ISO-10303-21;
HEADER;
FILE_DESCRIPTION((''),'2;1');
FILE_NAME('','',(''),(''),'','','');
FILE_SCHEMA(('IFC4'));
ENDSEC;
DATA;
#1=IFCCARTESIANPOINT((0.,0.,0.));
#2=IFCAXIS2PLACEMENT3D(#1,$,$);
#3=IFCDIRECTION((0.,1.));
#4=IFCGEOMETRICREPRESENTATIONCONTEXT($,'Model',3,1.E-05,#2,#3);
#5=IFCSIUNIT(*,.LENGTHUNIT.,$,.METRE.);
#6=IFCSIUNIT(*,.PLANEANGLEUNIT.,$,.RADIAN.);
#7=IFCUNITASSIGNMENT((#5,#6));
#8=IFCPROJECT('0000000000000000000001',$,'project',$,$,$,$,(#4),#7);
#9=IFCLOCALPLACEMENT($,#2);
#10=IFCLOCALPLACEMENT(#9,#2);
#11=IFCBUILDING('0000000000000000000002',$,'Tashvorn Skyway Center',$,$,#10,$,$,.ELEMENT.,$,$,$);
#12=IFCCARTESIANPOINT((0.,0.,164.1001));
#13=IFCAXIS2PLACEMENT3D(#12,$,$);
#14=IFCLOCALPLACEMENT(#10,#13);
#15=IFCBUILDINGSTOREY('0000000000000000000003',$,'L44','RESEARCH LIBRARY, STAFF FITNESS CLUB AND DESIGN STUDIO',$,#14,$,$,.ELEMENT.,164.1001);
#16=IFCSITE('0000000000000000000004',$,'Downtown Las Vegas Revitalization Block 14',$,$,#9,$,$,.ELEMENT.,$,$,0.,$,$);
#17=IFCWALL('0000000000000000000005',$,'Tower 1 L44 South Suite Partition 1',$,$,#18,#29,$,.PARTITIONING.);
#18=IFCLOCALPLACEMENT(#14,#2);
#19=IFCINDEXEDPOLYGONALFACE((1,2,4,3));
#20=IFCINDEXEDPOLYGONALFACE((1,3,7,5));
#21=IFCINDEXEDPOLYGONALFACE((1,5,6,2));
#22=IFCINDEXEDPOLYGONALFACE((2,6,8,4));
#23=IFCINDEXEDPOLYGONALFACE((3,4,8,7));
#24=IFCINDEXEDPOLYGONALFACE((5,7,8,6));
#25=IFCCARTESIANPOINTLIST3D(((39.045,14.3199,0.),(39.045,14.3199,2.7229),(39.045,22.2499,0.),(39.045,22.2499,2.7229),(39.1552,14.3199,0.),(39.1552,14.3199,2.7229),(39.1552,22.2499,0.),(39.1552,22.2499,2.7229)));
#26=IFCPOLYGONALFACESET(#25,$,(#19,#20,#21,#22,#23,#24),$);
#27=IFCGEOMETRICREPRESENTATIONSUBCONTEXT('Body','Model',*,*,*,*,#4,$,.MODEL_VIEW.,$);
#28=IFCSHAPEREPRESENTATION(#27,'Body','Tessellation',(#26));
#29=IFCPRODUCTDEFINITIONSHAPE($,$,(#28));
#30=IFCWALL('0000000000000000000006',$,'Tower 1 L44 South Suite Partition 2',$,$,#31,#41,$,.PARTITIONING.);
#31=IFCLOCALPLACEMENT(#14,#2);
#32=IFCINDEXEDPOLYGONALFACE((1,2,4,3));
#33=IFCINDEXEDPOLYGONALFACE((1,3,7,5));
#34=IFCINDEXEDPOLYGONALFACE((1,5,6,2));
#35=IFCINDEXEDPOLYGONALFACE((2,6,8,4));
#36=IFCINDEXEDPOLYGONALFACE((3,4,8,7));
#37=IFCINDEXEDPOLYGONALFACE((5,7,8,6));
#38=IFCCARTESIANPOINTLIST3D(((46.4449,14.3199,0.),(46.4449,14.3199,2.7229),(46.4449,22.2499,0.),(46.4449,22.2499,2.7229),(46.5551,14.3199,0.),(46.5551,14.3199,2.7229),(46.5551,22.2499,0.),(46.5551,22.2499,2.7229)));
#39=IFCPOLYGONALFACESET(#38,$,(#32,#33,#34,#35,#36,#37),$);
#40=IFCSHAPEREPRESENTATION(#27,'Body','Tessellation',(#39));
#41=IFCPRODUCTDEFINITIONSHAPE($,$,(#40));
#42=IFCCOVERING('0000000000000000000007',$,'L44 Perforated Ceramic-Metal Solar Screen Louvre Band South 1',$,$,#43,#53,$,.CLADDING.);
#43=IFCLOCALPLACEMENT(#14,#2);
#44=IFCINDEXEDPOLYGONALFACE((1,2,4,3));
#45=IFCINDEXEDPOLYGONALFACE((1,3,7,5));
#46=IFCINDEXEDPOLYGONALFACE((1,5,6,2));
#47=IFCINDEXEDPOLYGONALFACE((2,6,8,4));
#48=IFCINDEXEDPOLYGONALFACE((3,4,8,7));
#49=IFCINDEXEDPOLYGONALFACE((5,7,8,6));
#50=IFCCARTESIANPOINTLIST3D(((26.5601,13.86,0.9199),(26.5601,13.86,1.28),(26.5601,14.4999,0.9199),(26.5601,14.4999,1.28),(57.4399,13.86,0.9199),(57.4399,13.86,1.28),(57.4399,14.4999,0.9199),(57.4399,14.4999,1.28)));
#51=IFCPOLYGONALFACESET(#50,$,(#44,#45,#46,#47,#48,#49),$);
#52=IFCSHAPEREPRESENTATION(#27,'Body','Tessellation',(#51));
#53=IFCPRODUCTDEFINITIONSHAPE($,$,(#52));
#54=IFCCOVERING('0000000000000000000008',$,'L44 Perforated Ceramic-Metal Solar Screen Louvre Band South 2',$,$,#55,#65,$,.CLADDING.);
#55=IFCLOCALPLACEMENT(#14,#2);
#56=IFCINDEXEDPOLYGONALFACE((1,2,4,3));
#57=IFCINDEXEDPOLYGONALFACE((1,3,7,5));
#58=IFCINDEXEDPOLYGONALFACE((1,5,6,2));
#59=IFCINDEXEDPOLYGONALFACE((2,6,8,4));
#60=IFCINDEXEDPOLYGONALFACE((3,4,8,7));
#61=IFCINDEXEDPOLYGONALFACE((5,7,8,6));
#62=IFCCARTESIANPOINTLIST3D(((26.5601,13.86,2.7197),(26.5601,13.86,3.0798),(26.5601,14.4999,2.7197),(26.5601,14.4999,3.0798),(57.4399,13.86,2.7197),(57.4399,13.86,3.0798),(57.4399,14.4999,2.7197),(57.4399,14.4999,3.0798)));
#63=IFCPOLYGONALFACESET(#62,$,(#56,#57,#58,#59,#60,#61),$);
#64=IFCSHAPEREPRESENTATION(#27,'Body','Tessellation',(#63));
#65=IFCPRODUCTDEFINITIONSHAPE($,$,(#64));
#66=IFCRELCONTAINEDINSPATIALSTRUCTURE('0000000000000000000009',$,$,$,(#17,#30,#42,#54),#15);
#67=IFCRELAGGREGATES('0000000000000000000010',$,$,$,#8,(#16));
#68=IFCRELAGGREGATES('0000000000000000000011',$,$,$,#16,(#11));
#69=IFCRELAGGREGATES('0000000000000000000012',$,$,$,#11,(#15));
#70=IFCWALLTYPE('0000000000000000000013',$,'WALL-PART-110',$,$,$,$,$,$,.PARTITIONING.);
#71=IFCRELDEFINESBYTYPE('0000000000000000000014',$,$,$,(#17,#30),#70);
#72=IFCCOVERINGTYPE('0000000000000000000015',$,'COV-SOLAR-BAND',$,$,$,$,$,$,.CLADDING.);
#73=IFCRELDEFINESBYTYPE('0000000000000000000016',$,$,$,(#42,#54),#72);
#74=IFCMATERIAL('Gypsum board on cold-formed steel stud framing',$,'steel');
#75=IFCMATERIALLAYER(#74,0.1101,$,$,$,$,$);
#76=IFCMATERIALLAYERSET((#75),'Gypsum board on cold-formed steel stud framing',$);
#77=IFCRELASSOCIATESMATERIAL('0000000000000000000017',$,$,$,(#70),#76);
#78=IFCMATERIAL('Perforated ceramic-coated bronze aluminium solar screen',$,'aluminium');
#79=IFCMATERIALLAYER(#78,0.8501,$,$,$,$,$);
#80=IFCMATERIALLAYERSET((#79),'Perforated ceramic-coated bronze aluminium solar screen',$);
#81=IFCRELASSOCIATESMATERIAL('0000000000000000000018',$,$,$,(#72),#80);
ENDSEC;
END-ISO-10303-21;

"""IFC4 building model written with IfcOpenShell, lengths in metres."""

from ifc_helpers import new_model, si_unit, direction, frame, frame_2d, origin, origin_2d, place, context, subcontext, project, spatial, rectangle, extrude, material, layer, layer_set, type_object, element, save


model = new_model("IFC4")

# Units and contexts
model_context = context("Model", 3, precision=1e-05, world=origin(), true_north=direction((0.0, 1.0)))
body_context = subcontext(model_context, "Body", "Model", "MODEL_VIEW")
ifc_project = project(units=[si_unit("LENGTHUNIT", "METRE"), si_unit("PLANEANGLEUNIT", "RADIAN")], contexts=[model_context])

# Site, building, storey
site_placement = place(None, origin())
site = spatial("IfcSite", under=ifc_project, at=site_placement, Name="Downtown Las Vegas Revitalization Block 14", CompositionType="ELEMENT", RefElevation=0.0)
building_placement = place(site_placement, origin())
building = spatial("IfcBuilding", under=site, at=building_placement, Name="Tashvorn Skyway Center", CompositionType="ELEMENT")
storey_placement = place(building_placement, frame((0.0, 0.0, 164.1001)))
storey = spatial("IfcBuildingStorey", under=building, at=storey_placement, Name="L44", Description="RESEARCH LIBRARY, STAFF FITNESS CLUB AND DESIGN STUDIO", CompositionType="ELEMENT", Elevation=164.1001)

# Walls
ifc_material_1 = material(Name="Gypsum board on cold-formed steel stud framing", Category="steel")
ifc_layer_1 = layer(ifc_material_1, 0.1101)
ifc_layer_set_1 = layer_set([ifc_layer_1], Name="Gypsum board on cold-formed steel stud framing")
wall_type = type_object("IfcWallType", Name="WALL-PART-110", PredefinedType="PARTITIONING", material=ifc_layer_set_1)
for number, where, z_axis, x_axis, name in (
    (1, (39.1001, 14.3201, 0.0), (0.0, 0.0, 1.0), (0.0, 1.0, 0.0), "Tower 1 L44 South Suite Partition 1"),
    (2, (46.5, 14.3201, 0.0), (0.0, 0.0, 1.0), (0.0, 1.0, 0.0), "Tower 1 L44 South Suite Partition 2"),
):
    element("IfcWall", number, at=place(storey_placement, frame(where, z_axis=z_axis, x_axis=x_axis)), inside=storey, type_object=wall_type, Name=name, PredefinedType="PARTITIONING", context=body_context, shape_type="SweptSolid", body=[
        extrude(rectangle(XDim=7.9299, YDim=0.1101, at=frame_2d((3.9648, 0.0))), origin(), (0.0, 0.0, 1.0), 2.7229),
    ])

# Coverings
ifc_material_2 = material(Name="Perforated ceramic-coated bronze aluminium solar screen", Category="aluminium")
ifc_layer_2 = layer(ifc_material_2, 0.8501)
ifc_layer_set_2 = layer_set([ifc_layer_2], Name="Perforated ceramic-coated bronze aluminium solar screen")
covering_type = type_object("IfcCoveringType", Name="COV-SOLAR-BAND", PredefinedType="CLADDING", material=ifc_layer_set_2)
for number, where, z_axis, x_axis, name in (
    (3, (42.0, 14.1799, 0.9199), (0.0, 0.0, 1.0), (-1.0, 0.0, 0.0), "L44 Perforated Ceramic-Metal Solar Screen Louvre Band South 1"),
    (4, (42.0, 14.1799, 2.7197), (0.0, 0.0, 1.0), (-1.0, 0.0, 0.0), "L44 Perforated Ceramic-Metal Solar Screen Louvre Band South 2"),
):
    element("IfcCovering", number, at=place(storey_placement, frame(where, z_axis=z_axis, x_axis=x_axis)), inside=storey, type_object=covering_type, Name=name, PredefinedType="CLADDING", context=body_context, shape_type="SweptSolid", body=[
        extrude(rectangle(XDim=30.8799, YDim=0.6399, at=origin_2d()), origin(), (0.0, 0.0, 1.0), 0.3601),
    ])

save(model, "model.ifc")
